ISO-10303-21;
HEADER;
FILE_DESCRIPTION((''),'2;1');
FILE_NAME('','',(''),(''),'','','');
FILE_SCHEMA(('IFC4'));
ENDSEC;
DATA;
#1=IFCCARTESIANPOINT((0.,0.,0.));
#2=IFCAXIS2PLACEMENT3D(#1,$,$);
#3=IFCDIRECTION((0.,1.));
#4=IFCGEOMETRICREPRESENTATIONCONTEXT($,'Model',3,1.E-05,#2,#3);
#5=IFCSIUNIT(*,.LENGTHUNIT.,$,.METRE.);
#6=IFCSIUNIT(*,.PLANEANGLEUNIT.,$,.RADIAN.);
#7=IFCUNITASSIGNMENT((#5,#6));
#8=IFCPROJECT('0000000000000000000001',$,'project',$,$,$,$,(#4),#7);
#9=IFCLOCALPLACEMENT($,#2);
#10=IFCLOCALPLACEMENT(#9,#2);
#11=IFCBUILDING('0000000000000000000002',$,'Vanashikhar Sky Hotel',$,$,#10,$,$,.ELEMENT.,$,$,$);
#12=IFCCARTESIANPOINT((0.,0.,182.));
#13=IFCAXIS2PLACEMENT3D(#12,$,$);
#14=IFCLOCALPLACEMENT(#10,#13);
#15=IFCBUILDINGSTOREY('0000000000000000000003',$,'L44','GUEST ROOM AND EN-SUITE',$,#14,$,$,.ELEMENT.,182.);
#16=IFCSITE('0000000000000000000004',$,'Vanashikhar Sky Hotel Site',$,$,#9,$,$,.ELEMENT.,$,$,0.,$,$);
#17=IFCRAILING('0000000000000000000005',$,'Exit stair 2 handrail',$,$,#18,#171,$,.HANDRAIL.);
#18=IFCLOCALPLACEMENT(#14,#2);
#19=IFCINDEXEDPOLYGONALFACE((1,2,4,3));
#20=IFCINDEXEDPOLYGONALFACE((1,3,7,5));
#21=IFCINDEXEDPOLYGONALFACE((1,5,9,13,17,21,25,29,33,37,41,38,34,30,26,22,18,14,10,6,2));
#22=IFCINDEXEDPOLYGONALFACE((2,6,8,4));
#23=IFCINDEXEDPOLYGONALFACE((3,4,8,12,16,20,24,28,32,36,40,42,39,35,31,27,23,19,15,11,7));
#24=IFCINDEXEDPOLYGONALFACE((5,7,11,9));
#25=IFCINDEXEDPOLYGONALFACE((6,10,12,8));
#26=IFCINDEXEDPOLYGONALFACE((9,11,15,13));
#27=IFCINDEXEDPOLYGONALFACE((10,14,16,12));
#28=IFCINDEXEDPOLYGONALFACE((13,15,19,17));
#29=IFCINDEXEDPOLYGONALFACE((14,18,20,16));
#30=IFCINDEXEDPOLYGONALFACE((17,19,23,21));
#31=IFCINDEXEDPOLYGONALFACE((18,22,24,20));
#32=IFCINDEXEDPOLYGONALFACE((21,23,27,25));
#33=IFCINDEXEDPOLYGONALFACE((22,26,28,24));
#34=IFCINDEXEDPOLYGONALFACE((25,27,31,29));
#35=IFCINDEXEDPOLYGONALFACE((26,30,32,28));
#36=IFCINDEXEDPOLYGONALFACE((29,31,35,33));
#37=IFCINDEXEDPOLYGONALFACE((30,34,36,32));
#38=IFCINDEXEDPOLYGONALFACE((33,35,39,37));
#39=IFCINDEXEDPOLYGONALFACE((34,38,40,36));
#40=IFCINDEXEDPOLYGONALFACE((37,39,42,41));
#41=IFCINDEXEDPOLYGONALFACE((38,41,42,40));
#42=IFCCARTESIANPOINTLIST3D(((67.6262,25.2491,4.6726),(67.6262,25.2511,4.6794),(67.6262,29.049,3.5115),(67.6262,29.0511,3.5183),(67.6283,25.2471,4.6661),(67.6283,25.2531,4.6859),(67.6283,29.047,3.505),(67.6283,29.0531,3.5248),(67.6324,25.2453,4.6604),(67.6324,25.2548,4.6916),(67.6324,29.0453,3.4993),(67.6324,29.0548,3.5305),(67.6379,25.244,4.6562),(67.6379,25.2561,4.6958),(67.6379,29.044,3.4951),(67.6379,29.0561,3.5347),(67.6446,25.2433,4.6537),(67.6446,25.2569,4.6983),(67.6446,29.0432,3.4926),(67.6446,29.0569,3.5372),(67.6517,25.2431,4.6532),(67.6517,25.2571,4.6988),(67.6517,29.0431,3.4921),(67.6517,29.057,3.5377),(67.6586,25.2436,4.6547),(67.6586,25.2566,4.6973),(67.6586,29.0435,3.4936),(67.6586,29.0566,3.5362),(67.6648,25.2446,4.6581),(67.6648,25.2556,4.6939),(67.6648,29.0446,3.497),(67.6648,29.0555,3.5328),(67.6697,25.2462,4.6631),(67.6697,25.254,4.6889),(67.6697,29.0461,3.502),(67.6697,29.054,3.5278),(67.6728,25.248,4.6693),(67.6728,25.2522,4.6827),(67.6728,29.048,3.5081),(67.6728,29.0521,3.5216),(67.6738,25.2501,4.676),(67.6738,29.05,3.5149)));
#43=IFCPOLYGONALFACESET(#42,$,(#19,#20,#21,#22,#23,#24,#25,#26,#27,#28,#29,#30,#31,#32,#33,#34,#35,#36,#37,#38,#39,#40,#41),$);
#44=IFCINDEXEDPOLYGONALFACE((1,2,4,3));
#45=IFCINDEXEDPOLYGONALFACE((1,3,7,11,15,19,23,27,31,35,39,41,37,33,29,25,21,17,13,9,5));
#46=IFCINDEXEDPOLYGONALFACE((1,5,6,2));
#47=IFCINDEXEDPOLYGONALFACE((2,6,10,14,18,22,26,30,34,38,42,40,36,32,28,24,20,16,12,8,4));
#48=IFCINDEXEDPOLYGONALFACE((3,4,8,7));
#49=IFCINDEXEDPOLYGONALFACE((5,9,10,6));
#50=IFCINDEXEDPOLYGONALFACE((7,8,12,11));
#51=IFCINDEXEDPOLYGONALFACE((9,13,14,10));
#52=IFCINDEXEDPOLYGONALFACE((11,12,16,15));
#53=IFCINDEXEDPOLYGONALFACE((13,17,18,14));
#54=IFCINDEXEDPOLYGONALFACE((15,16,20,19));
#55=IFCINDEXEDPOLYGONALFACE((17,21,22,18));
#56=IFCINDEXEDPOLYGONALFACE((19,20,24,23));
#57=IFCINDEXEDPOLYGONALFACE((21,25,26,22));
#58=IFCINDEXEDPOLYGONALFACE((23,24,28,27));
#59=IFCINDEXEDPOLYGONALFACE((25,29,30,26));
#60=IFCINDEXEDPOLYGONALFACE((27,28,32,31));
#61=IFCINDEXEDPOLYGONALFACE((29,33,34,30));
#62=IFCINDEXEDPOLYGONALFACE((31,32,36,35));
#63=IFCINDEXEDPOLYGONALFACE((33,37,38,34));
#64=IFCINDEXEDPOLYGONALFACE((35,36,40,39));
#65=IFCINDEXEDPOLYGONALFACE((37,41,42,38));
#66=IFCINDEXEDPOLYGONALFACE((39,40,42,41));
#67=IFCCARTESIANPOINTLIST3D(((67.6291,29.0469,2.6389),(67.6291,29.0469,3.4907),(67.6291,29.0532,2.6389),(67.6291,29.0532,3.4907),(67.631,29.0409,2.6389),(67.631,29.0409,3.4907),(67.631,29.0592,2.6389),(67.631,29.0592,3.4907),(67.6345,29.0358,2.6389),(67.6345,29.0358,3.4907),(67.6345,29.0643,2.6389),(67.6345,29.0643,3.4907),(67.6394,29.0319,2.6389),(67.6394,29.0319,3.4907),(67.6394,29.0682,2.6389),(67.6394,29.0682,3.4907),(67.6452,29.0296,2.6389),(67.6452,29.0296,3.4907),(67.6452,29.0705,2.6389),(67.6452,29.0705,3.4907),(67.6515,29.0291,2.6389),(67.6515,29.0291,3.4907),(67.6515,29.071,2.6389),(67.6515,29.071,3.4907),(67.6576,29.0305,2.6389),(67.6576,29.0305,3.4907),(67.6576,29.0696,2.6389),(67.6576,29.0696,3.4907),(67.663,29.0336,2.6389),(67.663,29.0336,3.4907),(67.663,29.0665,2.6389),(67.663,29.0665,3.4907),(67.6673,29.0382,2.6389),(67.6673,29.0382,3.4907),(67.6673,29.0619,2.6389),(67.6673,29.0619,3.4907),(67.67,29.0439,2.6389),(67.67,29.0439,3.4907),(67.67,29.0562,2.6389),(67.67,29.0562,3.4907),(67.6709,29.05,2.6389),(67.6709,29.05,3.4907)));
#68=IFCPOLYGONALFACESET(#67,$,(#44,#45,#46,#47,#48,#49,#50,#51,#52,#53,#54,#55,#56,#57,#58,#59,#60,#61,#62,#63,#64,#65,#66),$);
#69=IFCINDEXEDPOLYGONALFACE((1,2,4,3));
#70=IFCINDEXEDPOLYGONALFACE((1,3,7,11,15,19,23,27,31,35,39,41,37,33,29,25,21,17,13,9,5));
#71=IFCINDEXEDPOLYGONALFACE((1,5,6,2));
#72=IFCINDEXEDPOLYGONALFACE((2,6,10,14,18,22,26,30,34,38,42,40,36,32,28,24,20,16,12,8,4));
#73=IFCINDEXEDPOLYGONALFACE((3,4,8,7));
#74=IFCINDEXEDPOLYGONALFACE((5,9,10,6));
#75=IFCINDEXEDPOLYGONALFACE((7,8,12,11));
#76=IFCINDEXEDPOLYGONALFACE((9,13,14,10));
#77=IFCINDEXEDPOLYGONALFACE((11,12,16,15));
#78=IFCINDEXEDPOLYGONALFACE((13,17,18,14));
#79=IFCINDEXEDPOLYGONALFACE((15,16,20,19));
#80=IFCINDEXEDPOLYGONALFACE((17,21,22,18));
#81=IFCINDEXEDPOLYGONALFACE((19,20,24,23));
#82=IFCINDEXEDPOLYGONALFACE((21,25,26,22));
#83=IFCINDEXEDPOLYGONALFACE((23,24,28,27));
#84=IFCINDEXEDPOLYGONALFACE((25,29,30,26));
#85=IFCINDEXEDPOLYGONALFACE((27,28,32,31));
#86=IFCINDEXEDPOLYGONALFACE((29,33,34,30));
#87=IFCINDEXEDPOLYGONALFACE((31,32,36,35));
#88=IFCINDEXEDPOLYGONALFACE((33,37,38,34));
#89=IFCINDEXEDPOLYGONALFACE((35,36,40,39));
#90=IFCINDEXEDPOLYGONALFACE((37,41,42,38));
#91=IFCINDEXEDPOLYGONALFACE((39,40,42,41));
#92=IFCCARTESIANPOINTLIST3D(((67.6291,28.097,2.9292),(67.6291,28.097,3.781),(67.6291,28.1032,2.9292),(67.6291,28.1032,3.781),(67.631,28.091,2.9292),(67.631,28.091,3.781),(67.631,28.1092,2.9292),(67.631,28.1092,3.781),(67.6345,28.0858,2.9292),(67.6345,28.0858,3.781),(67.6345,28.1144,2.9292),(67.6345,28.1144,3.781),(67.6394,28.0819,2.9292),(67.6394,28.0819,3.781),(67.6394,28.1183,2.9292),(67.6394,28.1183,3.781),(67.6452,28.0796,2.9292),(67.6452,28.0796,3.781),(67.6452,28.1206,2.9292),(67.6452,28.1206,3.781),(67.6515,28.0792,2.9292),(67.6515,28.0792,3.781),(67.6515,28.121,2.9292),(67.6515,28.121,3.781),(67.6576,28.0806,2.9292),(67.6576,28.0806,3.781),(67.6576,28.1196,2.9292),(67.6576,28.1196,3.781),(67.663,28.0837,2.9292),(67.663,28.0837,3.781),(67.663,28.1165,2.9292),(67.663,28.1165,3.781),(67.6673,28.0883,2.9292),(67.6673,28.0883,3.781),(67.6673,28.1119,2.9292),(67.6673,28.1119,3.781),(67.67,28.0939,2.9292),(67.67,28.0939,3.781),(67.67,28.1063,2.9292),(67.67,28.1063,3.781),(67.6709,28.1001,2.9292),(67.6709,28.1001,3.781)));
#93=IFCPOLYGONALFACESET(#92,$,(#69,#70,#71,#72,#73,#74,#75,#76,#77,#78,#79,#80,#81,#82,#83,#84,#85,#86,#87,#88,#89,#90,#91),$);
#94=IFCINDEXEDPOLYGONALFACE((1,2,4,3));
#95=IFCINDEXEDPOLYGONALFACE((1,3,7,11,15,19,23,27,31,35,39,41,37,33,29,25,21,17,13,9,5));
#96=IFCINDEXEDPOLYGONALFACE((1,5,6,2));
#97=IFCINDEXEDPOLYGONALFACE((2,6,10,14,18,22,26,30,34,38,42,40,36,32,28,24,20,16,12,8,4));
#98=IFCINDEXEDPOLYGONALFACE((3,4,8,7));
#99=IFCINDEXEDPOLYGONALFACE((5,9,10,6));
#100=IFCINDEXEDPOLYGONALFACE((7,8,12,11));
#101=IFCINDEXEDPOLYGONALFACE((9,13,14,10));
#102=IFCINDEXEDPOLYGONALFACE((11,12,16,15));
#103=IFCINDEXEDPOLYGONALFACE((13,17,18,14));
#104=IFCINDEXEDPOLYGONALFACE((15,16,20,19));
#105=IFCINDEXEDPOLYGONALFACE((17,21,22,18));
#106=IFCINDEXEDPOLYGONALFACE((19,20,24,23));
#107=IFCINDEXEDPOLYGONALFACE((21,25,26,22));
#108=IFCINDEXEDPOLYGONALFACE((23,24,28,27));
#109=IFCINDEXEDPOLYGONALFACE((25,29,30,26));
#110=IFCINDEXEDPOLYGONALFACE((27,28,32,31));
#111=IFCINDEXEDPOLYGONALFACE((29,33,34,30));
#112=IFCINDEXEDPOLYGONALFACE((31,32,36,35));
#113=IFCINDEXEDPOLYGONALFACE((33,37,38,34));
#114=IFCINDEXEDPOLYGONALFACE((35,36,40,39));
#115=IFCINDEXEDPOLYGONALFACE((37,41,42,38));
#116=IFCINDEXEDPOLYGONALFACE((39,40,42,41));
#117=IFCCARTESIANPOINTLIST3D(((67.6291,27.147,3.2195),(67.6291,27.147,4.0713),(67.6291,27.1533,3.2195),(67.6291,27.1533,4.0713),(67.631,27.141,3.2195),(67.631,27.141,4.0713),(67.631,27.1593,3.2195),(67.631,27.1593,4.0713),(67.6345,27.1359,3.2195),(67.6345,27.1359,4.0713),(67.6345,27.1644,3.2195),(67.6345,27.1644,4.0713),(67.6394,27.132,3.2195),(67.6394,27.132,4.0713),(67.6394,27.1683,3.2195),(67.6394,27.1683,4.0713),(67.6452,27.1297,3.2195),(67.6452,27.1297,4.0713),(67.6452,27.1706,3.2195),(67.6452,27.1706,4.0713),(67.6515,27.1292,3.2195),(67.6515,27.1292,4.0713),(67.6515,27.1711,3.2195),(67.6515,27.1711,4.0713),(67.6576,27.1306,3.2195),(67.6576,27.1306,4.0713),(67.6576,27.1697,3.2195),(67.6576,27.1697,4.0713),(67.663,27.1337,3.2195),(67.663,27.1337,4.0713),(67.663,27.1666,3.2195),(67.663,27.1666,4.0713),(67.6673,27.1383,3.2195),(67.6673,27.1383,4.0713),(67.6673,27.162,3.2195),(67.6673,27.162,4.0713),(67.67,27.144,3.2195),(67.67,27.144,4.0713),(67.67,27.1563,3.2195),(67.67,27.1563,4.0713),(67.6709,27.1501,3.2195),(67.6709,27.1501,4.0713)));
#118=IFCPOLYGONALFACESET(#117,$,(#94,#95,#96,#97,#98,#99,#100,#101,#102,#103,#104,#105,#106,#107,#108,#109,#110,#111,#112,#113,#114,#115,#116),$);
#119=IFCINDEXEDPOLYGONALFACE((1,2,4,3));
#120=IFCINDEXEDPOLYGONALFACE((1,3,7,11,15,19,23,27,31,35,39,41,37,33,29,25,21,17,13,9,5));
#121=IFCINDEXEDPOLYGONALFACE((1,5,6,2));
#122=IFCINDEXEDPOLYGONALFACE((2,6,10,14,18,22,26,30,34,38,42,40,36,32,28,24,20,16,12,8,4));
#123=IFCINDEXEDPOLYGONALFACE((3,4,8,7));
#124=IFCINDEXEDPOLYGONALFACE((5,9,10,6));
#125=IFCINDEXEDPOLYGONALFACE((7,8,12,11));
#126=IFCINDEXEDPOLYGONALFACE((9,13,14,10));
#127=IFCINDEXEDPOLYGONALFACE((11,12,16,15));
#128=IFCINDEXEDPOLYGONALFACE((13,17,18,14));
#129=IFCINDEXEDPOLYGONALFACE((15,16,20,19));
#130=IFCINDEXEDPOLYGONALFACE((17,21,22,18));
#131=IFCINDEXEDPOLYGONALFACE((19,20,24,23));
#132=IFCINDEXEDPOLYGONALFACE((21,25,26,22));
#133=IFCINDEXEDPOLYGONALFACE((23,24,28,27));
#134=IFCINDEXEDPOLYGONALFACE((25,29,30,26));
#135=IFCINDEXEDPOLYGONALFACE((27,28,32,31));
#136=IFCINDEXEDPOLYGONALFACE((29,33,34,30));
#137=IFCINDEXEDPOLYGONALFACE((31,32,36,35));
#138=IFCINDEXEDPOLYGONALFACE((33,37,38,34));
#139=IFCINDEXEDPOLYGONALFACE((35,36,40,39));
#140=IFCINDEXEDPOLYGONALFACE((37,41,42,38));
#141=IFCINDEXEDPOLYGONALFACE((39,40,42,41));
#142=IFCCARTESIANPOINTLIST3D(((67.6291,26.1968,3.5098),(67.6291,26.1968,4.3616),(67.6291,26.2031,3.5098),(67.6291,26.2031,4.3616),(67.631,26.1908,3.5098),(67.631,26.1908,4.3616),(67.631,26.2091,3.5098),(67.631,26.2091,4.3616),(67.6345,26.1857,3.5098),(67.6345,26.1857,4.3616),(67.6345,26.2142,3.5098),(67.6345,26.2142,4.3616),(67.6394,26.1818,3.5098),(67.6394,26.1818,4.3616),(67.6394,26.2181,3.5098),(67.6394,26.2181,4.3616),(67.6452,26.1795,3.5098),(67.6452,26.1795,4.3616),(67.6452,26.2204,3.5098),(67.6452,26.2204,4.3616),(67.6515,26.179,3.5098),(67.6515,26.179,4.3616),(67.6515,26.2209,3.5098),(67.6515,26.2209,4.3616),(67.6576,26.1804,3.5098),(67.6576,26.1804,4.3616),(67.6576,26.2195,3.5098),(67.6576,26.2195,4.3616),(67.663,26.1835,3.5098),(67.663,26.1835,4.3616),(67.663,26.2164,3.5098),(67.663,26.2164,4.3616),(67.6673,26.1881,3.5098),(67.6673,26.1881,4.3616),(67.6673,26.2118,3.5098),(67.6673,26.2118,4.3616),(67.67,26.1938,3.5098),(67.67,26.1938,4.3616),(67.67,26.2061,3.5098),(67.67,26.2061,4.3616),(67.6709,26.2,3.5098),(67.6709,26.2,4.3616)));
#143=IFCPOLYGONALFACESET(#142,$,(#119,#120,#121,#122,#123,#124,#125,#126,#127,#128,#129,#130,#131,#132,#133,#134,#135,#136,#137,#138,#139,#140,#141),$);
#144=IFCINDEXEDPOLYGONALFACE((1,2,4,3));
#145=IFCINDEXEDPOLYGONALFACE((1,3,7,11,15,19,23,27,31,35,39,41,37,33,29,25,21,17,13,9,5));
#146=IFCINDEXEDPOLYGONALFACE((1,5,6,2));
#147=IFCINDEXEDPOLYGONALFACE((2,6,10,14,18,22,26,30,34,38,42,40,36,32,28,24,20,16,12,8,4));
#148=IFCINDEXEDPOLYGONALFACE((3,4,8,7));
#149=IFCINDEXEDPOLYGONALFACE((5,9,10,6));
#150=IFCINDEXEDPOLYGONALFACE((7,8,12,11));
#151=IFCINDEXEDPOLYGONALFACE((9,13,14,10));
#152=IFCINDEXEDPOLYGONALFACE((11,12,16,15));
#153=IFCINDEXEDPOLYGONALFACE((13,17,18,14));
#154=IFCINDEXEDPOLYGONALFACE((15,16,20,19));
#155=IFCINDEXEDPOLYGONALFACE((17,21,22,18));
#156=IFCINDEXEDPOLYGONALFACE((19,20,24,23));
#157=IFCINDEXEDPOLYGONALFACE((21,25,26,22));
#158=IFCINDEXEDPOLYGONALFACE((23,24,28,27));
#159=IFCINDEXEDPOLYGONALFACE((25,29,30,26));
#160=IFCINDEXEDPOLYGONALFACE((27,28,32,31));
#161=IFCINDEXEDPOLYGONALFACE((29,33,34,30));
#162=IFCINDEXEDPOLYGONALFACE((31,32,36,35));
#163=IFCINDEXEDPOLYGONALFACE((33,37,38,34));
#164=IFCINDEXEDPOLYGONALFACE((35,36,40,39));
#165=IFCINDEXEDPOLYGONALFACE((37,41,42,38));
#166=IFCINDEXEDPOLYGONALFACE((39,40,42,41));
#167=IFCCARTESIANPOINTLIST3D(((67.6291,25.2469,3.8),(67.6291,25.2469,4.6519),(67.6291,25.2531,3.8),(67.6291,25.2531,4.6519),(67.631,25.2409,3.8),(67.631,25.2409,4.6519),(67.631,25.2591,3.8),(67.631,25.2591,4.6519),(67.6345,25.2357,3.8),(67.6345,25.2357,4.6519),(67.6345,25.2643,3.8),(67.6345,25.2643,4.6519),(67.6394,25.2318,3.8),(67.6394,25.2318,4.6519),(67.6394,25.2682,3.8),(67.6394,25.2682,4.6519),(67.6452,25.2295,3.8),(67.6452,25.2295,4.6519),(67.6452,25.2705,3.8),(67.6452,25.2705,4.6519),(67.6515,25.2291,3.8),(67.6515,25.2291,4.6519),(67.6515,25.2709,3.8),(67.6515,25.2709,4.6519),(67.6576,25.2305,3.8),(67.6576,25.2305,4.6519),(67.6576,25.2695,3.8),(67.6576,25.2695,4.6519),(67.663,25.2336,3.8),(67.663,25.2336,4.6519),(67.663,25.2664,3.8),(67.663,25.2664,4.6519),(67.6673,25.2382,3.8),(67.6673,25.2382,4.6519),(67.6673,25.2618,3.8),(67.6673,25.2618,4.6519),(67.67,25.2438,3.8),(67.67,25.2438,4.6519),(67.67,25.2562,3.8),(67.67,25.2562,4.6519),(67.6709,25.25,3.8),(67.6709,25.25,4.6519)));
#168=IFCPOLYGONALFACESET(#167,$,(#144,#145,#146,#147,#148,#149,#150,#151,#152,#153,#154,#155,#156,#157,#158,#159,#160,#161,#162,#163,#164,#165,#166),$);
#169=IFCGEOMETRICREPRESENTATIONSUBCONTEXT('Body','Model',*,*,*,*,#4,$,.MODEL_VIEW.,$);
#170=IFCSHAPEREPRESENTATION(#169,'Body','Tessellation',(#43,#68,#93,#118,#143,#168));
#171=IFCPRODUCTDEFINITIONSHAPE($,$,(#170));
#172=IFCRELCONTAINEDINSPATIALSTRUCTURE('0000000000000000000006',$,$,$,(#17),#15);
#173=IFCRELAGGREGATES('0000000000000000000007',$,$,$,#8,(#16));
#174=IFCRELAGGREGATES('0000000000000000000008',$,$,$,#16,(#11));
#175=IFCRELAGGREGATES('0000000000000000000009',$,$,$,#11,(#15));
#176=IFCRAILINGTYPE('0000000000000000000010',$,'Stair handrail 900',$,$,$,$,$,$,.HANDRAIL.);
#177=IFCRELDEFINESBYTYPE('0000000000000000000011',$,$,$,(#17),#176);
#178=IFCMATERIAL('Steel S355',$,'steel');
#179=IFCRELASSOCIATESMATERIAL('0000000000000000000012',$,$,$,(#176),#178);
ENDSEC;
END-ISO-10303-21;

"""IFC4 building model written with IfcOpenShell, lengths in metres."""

from ifc_helpers import new_model, si_unit, direction, frame, origin, origin_2d, place, context, subcontext, project, spatial, circle, extrude, source, transform, mapped, material, type_object, element, save


model = new_model("IFC4")

# Units and contexts
model_context = context("Model", 3, precision=1e-05, world=origin(), true_north=direction((0.0, 1.0)))
body_context = subcontext(model_context, "Body", "Model", "MODEL_VIEW")
ifc_project = project(units=[si_unit("LENGTHUNIT", "METRE"), si_unit("PLANEANGLEUNIT", "RADIAN")], contexts=[model_context])

# Site, building, storey
site_placement = place(None, origin())
site = spatial("IfcSite", under=ifc_project, at=site_placement, Name="Vanashikhar Sky Hotel Site", CompositionType="ELEMENT", RefElevation=0.0)
building_placement = place(site_placement, origin())
building = spatial("IfcBuilding", under=site, at=building_placement, Name="Vanashikhar Sky Hotel", CompositionType="ELEMENT")
storey_placement = place(building_placement, frame((0.0, 0.0, 182.0)))
storey = spatial("IfcBuildingStorey", under=building, at=storey_placement, Name="L44", Description="GUEST ROOM AND EN-SUITE", CompositionType="ELEMENT", Elevation=182.0)

# Railing
ifc_material_1 = material(Name="Steel S355", Category="steel")
railing_type = type_object("IfcRailingType", Name="Stair handrail 900", PredefinedType="HANDRAIL", material=ifc_material_1)
shared_shape_1 = source(origin(), body_context, "Body", "SweptSolid", [
    extrude(circle(Radius=0.0239, at=origin_2d()), frame((0.0, 0.0, 0.876), z_axis=(0.0, -0.956351, 0.29222), x_axis=(1.0, 0.0, 0.0)), (0.0, 0.0, 1.0), 3.9734),
    extrude(circle(Radius=0.021, at=origin_2d()), origin(), (0.0, 0.0, 1.0), 0.8518),
    extrude(circle(Radius=0.021, at=origin_2d()), frame((0.0, -0.95, 0.2903)), (0.0, 0.0, 1.0), 0.8518),
    extrude(circle(Radius=0.021, at=origin_2d()), frame((0.0, -1.8999, 0.5806)), (0.0, 0.0, 1.0), 0.8518),
    extrude(circle(Radius=0.021, at=origin_2d()), frame((0.0, -2.8501, 0.8708)), (0.0, 0.0, 1.0), 0.8518),
    extrude(circle(Radius=0.021, at=origin_2d()), frame((0.0, -3.8, 1.1611)), (0.0, 0.0, 1.0), 0.8518),
])
for number, where, name in (
    (1, (67.6499, 29.05, 2.6389), "Exit stair 2 handrail"),
):
    element("IfcRailing", number, at=place(storey_placement, frame(where)), inside=storey, type_object=railing_type, Name=name, PredefinedType="HANDRAIL", context=body_context, shape_type="MappedRepresentation", body=[
        mapped(shared_shape_1, transform((0.0, 0.0, 0.0), scale=1.0)),
    ])

save(model, "model.ifc")
